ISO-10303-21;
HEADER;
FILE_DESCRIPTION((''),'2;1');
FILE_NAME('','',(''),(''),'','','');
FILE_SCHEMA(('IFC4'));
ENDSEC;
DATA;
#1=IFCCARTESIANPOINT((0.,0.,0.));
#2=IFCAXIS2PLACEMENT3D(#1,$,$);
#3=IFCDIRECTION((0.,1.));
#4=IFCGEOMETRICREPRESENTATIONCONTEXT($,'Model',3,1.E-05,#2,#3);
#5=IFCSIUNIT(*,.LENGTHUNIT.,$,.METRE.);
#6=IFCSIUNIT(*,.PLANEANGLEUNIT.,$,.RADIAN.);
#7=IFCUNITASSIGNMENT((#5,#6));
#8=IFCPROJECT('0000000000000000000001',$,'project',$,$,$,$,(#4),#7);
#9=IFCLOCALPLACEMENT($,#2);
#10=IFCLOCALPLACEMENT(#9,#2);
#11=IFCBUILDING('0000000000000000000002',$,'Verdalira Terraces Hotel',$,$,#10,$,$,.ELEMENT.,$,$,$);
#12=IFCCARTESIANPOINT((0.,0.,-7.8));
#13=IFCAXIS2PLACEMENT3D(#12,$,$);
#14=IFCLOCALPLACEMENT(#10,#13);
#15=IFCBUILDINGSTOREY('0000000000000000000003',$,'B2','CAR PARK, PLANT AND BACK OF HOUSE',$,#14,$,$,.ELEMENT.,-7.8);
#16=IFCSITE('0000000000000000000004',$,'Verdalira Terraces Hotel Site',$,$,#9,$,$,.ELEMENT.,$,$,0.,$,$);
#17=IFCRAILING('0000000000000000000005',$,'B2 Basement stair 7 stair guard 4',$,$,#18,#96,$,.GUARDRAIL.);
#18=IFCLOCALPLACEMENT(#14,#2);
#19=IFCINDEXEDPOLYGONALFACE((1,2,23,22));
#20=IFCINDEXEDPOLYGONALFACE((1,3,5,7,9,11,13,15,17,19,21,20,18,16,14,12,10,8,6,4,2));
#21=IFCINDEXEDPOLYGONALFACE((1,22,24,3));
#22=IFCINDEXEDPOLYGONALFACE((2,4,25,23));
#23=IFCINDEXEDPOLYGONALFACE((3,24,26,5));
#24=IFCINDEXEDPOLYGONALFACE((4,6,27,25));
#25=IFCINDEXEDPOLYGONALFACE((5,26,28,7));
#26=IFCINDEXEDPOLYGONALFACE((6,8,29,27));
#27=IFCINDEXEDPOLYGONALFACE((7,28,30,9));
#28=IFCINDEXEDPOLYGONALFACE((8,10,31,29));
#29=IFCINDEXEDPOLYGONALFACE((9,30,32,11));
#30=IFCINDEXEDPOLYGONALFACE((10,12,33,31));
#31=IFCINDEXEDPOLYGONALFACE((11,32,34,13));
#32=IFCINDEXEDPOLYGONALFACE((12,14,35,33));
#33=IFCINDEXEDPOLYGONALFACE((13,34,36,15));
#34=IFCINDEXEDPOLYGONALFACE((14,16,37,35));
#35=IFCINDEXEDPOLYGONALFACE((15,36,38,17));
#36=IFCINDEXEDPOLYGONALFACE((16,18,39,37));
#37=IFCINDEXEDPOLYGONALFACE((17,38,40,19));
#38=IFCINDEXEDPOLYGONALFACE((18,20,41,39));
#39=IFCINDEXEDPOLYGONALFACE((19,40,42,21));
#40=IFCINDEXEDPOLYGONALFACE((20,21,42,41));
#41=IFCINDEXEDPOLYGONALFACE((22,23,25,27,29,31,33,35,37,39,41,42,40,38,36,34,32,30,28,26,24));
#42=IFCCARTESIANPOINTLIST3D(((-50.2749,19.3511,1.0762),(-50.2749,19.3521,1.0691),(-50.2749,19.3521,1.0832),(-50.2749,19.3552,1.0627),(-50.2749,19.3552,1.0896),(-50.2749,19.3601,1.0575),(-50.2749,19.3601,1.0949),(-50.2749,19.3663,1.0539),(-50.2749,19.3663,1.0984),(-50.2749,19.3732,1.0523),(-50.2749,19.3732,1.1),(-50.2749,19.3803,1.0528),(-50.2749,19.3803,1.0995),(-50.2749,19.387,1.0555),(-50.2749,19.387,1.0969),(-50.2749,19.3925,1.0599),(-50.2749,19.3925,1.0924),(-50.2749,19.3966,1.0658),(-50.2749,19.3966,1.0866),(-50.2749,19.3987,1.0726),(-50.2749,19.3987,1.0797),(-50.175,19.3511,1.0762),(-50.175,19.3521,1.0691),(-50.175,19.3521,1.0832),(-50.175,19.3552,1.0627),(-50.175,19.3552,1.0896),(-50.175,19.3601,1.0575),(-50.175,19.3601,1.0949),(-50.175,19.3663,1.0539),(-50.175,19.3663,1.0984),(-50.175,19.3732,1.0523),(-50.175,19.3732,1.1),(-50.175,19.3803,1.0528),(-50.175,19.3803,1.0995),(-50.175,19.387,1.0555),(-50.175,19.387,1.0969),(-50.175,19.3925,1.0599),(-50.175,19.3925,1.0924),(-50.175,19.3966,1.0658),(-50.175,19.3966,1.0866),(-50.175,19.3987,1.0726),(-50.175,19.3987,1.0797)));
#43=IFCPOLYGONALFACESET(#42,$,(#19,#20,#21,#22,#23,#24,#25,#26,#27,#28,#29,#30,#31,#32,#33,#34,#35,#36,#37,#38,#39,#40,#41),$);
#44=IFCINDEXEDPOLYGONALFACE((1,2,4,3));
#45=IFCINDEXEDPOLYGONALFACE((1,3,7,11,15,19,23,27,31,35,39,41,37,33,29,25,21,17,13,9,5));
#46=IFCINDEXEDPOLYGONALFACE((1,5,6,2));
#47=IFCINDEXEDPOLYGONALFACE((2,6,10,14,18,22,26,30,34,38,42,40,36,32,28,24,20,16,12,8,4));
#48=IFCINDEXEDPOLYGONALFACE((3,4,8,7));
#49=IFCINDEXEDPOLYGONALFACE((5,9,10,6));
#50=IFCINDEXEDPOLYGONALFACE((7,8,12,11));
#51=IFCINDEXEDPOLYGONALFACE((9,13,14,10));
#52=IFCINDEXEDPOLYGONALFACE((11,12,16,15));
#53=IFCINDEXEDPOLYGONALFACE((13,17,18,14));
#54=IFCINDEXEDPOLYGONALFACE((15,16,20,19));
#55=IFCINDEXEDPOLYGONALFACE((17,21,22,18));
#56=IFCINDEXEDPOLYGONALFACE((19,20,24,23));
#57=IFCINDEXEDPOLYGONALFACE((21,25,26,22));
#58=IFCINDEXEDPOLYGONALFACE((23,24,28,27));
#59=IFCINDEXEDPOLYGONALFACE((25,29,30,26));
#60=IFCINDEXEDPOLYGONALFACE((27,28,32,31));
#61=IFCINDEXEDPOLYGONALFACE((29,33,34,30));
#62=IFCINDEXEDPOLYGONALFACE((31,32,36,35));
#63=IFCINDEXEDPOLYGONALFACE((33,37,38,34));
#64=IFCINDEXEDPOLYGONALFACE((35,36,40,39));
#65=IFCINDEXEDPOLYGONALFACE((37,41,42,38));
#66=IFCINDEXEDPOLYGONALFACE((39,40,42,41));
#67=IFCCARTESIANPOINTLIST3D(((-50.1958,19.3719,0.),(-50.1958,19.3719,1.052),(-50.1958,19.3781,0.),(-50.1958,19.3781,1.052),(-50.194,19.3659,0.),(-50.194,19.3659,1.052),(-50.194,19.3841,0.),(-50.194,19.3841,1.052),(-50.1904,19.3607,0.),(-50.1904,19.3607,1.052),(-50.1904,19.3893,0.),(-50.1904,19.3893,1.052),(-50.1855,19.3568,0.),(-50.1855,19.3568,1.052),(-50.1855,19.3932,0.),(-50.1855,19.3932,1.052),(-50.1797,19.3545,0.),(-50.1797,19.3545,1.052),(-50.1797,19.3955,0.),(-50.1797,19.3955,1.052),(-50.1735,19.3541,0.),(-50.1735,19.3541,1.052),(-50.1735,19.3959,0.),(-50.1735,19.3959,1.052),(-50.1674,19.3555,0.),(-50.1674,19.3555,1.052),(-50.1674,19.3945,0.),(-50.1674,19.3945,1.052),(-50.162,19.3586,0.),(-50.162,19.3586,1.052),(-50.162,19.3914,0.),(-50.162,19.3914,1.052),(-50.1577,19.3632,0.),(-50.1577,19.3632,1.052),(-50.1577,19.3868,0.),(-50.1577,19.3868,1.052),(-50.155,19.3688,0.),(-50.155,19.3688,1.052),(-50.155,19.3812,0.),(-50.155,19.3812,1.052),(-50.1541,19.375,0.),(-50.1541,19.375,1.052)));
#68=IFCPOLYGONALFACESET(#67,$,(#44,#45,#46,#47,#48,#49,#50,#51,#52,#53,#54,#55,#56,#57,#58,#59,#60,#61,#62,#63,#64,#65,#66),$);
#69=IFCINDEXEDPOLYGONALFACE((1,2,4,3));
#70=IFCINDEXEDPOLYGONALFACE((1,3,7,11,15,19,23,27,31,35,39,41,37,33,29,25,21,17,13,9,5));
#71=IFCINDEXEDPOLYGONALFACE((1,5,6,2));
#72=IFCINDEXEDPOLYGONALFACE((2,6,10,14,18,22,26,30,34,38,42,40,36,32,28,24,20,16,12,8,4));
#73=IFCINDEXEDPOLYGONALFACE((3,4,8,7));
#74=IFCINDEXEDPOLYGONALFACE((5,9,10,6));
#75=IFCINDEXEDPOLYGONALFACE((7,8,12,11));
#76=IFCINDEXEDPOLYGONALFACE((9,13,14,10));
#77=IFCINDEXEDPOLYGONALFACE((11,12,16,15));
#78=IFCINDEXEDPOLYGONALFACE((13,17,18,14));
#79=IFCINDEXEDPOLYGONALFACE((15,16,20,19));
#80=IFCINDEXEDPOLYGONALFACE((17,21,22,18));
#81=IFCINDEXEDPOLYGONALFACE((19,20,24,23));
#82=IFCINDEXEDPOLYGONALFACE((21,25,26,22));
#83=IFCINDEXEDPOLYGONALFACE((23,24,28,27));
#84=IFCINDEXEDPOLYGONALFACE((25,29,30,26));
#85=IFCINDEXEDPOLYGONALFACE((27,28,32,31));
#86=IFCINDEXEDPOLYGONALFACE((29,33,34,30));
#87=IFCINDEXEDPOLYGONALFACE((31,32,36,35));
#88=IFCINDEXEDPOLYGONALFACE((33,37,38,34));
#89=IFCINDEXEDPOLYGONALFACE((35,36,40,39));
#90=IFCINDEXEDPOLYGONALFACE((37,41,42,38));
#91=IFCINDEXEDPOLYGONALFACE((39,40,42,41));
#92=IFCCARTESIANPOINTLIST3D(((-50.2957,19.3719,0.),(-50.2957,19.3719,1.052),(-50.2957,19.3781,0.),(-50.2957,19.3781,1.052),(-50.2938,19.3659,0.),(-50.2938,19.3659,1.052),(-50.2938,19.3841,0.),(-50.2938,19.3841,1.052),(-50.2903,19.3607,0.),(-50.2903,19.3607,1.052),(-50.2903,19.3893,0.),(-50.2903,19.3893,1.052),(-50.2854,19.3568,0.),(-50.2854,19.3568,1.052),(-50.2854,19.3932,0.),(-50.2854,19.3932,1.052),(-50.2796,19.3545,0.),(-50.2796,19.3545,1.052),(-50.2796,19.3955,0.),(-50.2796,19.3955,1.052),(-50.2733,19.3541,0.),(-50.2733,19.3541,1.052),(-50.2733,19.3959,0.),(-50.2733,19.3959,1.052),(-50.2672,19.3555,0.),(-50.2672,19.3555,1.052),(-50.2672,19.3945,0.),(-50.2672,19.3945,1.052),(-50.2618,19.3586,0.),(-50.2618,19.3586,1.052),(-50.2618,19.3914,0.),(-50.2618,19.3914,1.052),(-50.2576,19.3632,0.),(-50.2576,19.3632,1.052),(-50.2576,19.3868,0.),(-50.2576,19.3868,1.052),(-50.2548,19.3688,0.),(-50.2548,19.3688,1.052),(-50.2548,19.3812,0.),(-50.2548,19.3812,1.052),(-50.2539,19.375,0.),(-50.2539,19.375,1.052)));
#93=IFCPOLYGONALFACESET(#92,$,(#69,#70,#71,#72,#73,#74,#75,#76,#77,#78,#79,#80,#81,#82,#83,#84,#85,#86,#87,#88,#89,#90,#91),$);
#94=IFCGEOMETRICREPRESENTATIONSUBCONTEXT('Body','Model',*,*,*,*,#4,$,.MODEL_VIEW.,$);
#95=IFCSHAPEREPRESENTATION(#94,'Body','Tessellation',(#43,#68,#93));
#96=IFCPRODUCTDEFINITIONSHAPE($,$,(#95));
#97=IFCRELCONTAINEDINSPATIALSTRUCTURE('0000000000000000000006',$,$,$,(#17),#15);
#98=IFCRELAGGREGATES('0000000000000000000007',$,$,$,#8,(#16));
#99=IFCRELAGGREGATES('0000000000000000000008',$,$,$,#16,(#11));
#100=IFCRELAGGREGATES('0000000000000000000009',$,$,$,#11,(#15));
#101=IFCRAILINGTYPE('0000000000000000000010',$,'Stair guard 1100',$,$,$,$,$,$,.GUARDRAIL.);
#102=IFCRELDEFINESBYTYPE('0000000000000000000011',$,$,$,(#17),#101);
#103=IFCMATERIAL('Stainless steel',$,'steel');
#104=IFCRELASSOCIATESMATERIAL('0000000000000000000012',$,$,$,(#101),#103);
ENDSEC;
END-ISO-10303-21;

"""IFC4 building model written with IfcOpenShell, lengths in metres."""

from ifc_helpers import new_model, si_unit, direction, frame, origin, origin_2d, place, context, subcontext, project, spatial, circle, extrude, material, type_object, element, save


model = new_model("IFC4")

# Units and contexts
model_context = context("Model", 3, precision=1e-05, world=origin(), true_north=direction((0.0, 1.0)))
body_context = subcontext(model_context, "Body", "Model", "MODEL_VIEW")
ifc_project = project(units=[si_unit("LENGTHUNIT", "METRE"), si_unit("PLANEANGLEUNIT", "RADIAN")], contexts=[model_context])

# Site, building, storey
site_placement = place(None, origin())
site = spatial("IfcSite", under=ifc_project, at=site_placement, Name="Verdalira Terraces Hotel Site", CompositionType="ELEMENT", RefElevation=0.0)
building_placement = place(site_placement, origin())
building = spatial("IfcBuilding", under=site, at=building_placement, Name="Verdalira Terraces Hotel", CompositionType="ELEMENT")
storey_placement = place(building_placement, frame((0.0, 0.0, -7.8)))
storey = spatial("IfcBuildingStorey", under=building, at=storey_placement, Name="B2", Description="CAR PARK, PLANT AND BACK OF HOUSE", CompositionType="ELEMENT", Elevation=-7.8)

# Railing
ifc_material_1 = material(Name="Stainless steel", Category="steel")
railing_type_1 = type_object("IfcRailingType", Name="Stair guard 1100", PredefinedType="GUARDRAIL", material=ifc_material_1)
railing_1_placement = place(storey_placement, frame((-50.175, 19.375, 0.0)))
element("IfcRailing", 1, at=railing_1_placement, inside=storey, type_object=railing_type_1, Name="B2 Basement stair 7 stair guard 4", PredefinedType="GUARDRAIL", context=body_context, shape_type="SweptSolid", body=[
    extrude(circle(Radius=0.0239, at=origin_2d()), frame((0.0, 0.0, 1.0762), z_axis=(-1.0, 0.0, 0.0), x_axis=(0.0, -1.0, 0.0)), (0.0, 0.0, 1.0), 0.0999),
    extrude(circle(Radius=0.021, at=origin_2d()), origin(), (0.0, 0.0, 1.0), 1.052),
    extrude(circle(Radius=0.021, at=origin_2d()), frame((-0.0999, 0.0, 0.0)), (0.0, 0.0, 1.0), 1.052),
])

save(model, "model.ifc")
